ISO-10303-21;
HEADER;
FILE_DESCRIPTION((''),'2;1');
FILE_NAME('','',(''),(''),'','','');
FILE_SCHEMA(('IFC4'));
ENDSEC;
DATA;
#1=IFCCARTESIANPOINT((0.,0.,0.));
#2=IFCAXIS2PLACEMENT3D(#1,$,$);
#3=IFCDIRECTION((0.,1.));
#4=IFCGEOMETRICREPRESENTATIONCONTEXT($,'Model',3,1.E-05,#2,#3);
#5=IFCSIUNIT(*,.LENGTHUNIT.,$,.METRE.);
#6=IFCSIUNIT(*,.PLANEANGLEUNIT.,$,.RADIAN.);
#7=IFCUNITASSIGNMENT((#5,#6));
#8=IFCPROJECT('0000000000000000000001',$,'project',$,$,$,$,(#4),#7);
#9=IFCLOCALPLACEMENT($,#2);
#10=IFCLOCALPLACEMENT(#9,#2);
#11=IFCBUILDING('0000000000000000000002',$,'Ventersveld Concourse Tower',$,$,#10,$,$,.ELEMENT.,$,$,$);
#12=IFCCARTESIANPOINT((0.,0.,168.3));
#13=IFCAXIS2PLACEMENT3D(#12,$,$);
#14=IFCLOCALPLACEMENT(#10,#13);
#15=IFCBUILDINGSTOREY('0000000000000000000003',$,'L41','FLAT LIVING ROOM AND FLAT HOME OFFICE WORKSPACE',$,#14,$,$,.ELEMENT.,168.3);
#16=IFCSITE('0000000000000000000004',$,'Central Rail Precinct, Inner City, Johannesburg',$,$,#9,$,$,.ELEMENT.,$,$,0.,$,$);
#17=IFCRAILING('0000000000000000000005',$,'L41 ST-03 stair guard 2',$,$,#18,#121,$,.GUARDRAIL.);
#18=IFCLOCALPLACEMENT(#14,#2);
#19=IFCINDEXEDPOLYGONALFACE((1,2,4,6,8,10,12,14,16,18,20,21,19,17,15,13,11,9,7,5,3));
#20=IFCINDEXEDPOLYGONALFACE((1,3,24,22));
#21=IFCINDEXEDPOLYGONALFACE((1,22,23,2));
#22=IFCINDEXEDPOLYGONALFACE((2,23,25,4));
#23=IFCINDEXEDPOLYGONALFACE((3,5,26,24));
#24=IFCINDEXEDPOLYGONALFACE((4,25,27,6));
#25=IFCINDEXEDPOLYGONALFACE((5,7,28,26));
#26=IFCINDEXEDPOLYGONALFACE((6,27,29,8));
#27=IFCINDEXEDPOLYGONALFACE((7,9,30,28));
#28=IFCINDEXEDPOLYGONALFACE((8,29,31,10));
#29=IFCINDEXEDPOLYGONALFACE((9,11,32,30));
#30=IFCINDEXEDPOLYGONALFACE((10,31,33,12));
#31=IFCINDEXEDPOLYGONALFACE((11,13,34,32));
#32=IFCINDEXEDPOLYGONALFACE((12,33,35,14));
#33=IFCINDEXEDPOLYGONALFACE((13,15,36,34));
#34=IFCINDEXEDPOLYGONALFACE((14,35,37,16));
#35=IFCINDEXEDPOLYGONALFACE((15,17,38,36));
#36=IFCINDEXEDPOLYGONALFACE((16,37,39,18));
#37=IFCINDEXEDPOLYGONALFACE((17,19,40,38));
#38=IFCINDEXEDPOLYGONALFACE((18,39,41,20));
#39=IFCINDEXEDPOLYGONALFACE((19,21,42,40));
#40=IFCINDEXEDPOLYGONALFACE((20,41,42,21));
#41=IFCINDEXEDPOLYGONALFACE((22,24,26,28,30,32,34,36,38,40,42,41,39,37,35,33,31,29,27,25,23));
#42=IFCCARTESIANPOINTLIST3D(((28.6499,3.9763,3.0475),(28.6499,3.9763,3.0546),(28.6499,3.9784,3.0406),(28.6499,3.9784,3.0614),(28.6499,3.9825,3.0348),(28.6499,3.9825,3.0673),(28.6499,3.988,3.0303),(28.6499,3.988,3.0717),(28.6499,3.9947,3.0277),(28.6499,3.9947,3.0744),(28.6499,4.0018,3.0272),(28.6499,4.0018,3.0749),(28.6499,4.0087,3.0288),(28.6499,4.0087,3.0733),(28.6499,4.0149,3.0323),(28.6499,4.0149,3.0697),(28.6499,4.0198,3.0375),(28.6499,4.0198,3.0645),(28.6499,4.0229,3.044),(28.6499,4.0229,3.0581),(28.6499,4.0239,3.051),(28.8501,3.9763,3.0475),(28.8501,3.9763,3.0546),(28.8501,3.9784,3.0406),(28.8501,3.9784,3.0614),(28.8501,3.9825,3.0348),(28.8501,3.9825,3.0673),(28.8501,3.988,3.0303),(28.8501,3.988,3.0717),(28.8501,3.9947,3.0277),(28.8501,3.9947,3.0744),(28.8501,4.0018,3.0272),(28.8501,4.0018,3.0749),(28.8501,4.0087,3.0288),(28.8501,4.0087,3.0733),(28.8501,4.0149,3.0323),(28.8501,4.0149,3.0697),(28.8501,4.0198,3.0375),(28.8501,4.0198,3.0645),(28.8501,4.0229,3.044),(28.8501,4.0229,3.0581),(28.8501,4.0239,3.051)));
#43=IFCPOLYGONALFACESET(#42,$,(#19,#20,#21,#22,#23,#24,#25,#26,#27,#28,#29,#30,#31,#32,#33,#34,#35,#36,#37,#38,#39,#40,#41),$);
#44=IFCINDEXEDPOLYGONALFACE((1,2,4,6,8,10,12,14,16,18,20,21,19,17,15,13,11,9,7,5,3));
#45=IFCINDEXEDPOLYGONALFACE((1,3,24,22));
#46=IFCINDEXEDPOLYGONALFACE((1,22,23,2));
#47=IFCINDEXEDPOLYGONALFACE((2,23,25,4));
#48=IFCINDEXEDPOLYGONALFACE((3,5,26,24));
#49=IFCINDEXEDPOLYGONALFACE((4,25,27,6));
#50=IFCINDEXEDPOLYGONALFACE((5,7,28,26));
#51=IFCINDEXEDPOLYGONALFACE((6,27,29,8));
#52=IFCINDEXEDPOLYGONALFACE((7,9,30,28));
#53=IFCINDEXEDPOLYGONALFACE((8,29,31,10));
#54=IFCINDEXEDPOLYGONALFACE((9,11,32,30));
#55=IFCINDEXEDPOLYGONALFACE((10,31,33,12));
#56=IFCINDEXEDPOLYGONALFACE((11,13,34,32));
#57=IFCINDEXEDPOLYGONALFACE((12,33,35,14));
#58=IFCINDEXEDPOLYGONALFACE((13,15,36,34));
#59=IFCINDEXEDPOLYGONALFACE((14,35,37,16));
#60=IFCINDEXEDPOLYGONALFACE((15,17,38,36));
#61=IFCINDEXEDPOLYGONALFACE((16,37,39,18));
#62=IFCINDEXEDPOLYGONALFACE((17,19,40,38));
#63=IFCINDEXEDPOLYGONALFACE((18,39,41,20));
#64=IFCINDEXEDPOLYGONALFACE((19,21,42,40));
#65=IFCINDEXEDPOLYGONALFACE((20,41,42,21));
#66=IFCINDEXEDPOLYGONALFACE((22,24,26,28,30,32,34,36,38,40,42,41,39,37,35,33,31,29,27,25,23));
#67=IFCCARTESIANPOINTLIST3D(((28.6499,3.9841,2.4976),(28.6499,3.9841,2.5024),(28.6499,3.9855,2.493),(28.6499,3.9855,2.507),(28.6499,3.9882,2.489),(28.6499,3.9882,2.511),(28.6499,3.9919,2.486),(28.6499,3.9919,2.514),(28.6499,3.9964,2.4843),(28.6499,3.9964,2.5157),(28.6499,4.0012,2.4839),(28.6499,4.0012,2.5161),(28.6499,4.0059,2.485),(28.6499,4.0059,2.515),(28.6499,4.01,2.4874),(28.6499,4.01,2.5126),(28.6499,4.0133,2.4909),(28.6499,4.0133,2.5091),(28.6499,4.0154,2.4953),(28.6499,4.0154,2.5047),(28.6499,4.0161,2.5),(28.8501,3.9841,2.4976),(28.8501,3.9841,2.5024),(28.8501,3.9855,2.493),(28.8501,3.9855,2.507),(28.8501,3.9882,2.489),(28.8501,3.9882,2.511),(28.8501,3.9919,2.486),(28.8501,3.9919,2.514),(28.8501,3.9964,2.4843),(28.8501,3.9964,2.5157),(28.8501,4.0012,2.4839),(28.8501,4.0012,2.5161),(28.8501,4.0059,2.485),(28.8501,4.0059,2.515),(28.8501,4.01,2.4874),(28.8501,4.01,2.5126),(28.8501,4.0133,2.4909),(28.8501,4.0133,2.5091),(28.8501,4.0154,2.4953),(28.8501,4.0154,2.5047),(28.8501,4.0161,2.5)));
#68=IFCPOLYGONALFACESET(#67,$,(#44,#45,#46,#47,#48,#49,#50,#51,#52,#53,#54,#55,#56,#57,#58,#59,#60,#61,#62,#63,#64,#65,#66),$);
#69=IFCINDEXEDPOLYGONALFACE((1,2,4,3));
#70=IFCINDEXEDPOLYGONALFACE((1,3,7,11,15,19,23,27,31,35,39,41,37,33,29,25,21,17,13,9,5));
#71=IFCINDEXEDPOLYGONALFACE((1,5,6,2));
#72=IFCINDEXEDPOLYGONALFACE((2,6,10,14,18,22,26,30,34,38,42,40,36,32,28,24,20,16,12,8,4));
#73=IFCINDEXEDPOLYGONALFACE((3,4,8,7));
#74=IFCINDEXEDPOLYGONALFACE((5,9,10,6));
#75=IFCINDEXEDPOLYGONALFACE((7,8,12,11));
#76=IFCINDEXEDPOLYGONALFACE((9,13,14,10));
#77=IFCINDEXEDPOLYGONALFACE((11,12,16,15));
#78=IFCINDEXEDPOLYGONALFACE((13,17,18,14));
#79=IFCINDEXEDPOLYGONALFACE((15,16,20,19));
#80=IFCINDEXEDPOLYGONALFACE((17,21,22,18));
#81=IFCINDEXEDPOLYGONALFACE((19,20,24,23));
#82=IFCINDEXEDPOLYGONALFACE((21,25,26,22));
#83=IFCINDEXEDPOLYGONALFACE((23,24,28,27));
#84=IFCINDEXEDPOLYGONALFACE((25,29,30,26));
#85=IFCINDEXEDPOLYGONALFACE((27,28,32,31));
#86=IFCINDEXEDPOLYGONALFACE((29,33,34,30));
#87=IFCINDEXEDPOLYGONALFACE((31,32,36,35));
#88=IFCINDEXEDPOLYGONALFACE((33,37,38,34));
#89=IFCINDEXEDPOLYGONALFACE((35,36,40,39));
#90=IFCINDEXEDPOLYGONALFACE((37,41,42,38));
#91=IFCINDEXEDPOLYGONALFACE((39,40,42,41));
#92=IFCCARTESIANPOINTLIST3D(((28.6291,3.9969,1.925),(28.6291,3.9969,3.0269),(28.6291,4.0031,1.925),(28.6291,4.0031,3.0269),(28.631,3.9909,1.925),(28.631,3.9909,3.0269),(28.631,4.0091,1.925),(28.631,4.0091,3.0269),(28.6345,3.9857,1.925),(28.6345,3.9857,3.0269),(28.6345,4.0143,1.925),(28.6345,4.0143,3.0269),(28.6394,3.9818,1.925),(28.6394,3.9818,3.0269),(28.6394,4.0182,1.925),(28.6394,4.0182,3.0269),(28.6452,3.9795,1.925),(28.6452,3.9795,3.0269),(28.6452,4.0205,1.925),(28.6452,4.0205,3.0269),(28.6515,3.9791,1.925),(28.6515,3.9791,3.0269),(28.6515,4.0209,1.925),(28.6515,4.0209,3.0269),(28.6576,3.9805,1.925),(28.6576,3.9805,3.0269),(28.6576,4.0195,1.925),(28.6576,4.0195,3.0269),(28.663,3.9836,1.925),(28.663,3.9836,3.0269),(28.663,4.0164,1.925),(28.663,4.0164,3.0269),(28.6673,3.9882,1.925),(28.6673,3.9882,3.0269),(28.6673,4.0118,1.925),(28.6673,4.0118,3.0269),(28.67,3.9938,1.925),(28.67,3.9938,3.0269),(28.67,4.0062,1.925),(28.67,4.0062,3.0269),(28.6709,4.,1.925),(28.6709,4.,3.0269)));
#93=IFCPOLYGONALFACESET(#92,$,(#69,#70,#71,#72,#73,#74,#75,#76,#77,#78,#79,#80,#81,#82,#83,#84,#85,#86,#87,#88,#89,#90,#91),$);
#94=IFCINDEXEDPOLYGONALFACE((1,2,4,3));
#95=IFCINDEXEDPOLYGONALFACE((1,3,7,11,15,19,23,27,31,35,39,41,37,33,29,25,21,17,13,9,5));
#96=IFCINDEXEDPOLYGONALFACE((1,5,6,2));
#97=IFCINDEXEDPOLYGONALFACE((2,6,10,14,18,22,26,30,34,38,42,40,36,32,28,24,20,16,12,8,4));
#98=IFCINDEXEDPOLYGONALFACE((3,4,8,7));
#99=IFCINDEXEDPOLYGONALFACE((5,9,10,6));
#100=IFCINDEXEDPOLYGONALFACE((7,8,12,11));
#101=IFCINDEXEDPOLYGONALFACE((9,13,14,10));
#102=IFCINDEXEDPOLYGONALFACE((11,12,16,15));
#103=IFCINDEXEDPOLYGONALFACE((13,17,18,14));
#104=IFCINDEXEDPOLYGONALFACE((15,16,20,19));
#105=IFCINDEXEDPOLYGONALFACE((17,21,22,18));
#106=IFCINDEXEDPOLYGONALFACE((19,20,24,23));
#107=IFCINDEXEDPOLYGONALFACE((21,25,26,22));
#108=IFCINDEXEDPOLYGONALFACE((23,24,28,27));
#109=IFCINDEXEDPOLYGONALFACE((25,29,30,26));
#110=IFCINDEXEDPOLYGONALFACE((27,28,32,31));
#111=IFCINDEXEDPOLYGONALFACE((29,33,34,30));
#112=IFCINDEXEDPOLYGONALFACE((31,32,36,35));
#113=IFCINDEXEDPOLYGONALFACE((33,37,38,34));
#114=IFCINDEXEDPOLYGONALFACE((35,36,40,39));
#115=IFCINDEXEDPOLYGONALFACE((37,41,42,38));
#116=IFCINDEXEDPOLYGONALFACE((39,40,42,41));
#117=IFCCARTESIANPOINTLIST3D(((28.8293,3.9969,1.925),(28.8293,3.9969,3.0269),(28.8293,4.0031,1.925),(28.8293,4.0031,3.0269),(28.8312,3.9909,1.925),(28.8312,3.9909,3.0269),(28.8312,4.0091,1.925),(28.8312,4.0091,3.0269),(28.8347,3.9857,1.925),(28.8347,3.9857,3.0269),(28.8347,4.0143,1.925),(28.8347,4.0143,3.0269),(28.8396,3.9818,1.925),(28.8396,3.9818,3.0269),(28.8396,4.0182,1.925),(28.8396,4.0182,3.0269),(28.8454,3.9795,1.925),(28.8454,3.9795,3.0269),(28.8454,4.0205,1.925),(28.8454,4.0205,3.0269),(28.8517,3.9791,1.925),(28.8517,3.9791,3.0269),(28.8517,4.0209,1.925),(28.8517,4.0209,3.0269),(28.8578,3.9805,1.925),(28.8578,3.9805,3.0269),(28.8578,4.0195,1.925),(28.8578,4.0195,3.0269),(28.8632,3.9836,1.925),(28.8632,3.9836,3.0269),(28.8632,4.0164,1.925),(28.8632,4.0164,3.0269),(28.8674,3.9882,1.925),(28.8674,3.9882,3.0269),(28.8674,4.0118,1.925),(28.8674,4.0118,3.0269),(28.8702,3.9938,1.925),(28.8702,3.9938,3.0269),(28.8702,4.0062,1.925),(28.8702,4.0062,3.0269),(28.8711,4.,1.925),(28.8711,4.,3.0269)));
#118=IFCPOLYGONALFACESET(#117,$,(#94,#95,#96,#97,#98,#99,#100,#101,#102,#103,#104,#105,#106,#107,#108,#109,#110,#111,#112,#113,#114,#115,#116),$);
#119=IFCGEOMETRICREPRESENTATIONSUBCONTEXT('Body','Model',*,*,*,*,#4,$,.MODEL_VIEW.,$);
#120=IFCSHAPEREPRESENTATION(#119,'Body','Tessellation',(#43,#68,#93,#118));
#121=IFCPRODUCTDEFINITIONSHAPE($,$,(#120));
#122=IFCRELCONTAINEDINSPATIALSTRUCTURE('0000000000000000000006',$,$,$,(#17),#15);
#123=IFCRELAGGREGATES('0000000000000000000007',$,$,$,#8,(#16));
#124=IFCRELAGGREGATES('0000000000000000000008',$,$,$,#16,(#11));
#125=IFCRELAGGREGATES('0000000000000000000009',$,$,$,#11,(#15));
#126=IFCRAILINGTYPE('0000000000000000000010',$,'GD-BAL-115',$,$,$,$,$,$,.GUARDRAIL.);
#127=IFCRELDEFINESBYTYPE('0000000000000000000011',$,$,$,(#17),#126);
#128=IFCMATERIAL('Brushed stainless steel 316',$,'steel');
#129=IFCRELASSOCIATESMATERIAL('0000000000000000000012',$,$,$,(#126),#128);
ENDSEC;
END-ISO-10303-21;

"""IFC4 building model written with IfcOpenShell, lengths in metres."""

from ifc_helpers import new_model, si_unit, direction, frame, origin, origin_2d, place, context, subcontext, project, spatial, circle, extrude, material, type_object, element, save


model = new_model("IFC4")

# Units and contexts
model_context = context("Model", 3, precision=1e-05, world=origin(), true_north=direction((0.0, 1.0)))
body_context = subcontext(model_context, "Body", "Model", "MODEL_VIEW")
ifc_project = project(units=[si_unit("LENGTHUNIT", "METRE"), si_unit("PLANEANGLEUNIT", "RADIAN")], contexts=[model_context])

# Site, building, storey
site_placement = place(None, origin())
site = spatial("IfcSite", under=ifc_project, at=site_placement, Name="Central Rail Precinct, Inner City, Johannesburg", CompositionType="ELEMENT", RefElevation=0.0)
building_placement = place(site_placement, origin())
building = spatial("IfcBuilding", under=site, at=building_placement, Name="Ventersveld Concourse Tower", CompositionType="ELEMENT")
storey_placement = place(building_placement, frame((0.0, 0.0, 168.3)))
storey = spatial("IfcBuildingStorey", under=building, at=storey_placement, Name="L41", Description="FLAT LIVING ROOM AND FLAT HOME OFFICE WORKSPACE", CompositionType="ELEMENT", Elevation=168.3)

# Shared definitions
ifc_material_1 = material(Name="Brushed stainless steel 316", Category="steel")

# Railing
railing_type_1 = type_object("IfcRailingType", Name="GD-BAL-115", PredefinedType="GUARDRAIL", material=ifc_material_1)
railing_1_placement = place(storey_placement, frame((28.6499, 4.0, 1.925)))
element("IfcRailing", 1, at=railing_1_placement, inside=storey, type_object=railing_type_1, Name="L41 ST-03 stair guard 2", PredefinedType="GUARDRAIL", context=body_context, shape_type="SweptSolid", body=[
    extrude(circle(Radius=0.0239, at=origin_2d()), frame((0.0, 0.0, 1.126), z_axis=(1.0, 0.0, 0.0), x_axis=(0.0, 1.0, 0.0)), (0.0, 0.0, 1.0), 0.2002),
    extrude(circle(Radius=0.0161, at=origin_2d()), frame((0.0, 0.0, 0.575), z_axis=(1.0, 0.0, 0.0), x_axis=(0.0, 1.0, 0.0)), (0.0, 0.0, 1.0), 0.2002),
    extrude(circle(Radius=0.021, at=origin_2d()), origin(), (0.0, 0.0, 1.0), 1.1018),
    extrude(circle(Radius=0.021, at=origin_2d()), frame((0.2002, 0.0, 0.0)), (0.0, 0.0, 1.0), 1.1018),
])

save(model, "model.ifc")
